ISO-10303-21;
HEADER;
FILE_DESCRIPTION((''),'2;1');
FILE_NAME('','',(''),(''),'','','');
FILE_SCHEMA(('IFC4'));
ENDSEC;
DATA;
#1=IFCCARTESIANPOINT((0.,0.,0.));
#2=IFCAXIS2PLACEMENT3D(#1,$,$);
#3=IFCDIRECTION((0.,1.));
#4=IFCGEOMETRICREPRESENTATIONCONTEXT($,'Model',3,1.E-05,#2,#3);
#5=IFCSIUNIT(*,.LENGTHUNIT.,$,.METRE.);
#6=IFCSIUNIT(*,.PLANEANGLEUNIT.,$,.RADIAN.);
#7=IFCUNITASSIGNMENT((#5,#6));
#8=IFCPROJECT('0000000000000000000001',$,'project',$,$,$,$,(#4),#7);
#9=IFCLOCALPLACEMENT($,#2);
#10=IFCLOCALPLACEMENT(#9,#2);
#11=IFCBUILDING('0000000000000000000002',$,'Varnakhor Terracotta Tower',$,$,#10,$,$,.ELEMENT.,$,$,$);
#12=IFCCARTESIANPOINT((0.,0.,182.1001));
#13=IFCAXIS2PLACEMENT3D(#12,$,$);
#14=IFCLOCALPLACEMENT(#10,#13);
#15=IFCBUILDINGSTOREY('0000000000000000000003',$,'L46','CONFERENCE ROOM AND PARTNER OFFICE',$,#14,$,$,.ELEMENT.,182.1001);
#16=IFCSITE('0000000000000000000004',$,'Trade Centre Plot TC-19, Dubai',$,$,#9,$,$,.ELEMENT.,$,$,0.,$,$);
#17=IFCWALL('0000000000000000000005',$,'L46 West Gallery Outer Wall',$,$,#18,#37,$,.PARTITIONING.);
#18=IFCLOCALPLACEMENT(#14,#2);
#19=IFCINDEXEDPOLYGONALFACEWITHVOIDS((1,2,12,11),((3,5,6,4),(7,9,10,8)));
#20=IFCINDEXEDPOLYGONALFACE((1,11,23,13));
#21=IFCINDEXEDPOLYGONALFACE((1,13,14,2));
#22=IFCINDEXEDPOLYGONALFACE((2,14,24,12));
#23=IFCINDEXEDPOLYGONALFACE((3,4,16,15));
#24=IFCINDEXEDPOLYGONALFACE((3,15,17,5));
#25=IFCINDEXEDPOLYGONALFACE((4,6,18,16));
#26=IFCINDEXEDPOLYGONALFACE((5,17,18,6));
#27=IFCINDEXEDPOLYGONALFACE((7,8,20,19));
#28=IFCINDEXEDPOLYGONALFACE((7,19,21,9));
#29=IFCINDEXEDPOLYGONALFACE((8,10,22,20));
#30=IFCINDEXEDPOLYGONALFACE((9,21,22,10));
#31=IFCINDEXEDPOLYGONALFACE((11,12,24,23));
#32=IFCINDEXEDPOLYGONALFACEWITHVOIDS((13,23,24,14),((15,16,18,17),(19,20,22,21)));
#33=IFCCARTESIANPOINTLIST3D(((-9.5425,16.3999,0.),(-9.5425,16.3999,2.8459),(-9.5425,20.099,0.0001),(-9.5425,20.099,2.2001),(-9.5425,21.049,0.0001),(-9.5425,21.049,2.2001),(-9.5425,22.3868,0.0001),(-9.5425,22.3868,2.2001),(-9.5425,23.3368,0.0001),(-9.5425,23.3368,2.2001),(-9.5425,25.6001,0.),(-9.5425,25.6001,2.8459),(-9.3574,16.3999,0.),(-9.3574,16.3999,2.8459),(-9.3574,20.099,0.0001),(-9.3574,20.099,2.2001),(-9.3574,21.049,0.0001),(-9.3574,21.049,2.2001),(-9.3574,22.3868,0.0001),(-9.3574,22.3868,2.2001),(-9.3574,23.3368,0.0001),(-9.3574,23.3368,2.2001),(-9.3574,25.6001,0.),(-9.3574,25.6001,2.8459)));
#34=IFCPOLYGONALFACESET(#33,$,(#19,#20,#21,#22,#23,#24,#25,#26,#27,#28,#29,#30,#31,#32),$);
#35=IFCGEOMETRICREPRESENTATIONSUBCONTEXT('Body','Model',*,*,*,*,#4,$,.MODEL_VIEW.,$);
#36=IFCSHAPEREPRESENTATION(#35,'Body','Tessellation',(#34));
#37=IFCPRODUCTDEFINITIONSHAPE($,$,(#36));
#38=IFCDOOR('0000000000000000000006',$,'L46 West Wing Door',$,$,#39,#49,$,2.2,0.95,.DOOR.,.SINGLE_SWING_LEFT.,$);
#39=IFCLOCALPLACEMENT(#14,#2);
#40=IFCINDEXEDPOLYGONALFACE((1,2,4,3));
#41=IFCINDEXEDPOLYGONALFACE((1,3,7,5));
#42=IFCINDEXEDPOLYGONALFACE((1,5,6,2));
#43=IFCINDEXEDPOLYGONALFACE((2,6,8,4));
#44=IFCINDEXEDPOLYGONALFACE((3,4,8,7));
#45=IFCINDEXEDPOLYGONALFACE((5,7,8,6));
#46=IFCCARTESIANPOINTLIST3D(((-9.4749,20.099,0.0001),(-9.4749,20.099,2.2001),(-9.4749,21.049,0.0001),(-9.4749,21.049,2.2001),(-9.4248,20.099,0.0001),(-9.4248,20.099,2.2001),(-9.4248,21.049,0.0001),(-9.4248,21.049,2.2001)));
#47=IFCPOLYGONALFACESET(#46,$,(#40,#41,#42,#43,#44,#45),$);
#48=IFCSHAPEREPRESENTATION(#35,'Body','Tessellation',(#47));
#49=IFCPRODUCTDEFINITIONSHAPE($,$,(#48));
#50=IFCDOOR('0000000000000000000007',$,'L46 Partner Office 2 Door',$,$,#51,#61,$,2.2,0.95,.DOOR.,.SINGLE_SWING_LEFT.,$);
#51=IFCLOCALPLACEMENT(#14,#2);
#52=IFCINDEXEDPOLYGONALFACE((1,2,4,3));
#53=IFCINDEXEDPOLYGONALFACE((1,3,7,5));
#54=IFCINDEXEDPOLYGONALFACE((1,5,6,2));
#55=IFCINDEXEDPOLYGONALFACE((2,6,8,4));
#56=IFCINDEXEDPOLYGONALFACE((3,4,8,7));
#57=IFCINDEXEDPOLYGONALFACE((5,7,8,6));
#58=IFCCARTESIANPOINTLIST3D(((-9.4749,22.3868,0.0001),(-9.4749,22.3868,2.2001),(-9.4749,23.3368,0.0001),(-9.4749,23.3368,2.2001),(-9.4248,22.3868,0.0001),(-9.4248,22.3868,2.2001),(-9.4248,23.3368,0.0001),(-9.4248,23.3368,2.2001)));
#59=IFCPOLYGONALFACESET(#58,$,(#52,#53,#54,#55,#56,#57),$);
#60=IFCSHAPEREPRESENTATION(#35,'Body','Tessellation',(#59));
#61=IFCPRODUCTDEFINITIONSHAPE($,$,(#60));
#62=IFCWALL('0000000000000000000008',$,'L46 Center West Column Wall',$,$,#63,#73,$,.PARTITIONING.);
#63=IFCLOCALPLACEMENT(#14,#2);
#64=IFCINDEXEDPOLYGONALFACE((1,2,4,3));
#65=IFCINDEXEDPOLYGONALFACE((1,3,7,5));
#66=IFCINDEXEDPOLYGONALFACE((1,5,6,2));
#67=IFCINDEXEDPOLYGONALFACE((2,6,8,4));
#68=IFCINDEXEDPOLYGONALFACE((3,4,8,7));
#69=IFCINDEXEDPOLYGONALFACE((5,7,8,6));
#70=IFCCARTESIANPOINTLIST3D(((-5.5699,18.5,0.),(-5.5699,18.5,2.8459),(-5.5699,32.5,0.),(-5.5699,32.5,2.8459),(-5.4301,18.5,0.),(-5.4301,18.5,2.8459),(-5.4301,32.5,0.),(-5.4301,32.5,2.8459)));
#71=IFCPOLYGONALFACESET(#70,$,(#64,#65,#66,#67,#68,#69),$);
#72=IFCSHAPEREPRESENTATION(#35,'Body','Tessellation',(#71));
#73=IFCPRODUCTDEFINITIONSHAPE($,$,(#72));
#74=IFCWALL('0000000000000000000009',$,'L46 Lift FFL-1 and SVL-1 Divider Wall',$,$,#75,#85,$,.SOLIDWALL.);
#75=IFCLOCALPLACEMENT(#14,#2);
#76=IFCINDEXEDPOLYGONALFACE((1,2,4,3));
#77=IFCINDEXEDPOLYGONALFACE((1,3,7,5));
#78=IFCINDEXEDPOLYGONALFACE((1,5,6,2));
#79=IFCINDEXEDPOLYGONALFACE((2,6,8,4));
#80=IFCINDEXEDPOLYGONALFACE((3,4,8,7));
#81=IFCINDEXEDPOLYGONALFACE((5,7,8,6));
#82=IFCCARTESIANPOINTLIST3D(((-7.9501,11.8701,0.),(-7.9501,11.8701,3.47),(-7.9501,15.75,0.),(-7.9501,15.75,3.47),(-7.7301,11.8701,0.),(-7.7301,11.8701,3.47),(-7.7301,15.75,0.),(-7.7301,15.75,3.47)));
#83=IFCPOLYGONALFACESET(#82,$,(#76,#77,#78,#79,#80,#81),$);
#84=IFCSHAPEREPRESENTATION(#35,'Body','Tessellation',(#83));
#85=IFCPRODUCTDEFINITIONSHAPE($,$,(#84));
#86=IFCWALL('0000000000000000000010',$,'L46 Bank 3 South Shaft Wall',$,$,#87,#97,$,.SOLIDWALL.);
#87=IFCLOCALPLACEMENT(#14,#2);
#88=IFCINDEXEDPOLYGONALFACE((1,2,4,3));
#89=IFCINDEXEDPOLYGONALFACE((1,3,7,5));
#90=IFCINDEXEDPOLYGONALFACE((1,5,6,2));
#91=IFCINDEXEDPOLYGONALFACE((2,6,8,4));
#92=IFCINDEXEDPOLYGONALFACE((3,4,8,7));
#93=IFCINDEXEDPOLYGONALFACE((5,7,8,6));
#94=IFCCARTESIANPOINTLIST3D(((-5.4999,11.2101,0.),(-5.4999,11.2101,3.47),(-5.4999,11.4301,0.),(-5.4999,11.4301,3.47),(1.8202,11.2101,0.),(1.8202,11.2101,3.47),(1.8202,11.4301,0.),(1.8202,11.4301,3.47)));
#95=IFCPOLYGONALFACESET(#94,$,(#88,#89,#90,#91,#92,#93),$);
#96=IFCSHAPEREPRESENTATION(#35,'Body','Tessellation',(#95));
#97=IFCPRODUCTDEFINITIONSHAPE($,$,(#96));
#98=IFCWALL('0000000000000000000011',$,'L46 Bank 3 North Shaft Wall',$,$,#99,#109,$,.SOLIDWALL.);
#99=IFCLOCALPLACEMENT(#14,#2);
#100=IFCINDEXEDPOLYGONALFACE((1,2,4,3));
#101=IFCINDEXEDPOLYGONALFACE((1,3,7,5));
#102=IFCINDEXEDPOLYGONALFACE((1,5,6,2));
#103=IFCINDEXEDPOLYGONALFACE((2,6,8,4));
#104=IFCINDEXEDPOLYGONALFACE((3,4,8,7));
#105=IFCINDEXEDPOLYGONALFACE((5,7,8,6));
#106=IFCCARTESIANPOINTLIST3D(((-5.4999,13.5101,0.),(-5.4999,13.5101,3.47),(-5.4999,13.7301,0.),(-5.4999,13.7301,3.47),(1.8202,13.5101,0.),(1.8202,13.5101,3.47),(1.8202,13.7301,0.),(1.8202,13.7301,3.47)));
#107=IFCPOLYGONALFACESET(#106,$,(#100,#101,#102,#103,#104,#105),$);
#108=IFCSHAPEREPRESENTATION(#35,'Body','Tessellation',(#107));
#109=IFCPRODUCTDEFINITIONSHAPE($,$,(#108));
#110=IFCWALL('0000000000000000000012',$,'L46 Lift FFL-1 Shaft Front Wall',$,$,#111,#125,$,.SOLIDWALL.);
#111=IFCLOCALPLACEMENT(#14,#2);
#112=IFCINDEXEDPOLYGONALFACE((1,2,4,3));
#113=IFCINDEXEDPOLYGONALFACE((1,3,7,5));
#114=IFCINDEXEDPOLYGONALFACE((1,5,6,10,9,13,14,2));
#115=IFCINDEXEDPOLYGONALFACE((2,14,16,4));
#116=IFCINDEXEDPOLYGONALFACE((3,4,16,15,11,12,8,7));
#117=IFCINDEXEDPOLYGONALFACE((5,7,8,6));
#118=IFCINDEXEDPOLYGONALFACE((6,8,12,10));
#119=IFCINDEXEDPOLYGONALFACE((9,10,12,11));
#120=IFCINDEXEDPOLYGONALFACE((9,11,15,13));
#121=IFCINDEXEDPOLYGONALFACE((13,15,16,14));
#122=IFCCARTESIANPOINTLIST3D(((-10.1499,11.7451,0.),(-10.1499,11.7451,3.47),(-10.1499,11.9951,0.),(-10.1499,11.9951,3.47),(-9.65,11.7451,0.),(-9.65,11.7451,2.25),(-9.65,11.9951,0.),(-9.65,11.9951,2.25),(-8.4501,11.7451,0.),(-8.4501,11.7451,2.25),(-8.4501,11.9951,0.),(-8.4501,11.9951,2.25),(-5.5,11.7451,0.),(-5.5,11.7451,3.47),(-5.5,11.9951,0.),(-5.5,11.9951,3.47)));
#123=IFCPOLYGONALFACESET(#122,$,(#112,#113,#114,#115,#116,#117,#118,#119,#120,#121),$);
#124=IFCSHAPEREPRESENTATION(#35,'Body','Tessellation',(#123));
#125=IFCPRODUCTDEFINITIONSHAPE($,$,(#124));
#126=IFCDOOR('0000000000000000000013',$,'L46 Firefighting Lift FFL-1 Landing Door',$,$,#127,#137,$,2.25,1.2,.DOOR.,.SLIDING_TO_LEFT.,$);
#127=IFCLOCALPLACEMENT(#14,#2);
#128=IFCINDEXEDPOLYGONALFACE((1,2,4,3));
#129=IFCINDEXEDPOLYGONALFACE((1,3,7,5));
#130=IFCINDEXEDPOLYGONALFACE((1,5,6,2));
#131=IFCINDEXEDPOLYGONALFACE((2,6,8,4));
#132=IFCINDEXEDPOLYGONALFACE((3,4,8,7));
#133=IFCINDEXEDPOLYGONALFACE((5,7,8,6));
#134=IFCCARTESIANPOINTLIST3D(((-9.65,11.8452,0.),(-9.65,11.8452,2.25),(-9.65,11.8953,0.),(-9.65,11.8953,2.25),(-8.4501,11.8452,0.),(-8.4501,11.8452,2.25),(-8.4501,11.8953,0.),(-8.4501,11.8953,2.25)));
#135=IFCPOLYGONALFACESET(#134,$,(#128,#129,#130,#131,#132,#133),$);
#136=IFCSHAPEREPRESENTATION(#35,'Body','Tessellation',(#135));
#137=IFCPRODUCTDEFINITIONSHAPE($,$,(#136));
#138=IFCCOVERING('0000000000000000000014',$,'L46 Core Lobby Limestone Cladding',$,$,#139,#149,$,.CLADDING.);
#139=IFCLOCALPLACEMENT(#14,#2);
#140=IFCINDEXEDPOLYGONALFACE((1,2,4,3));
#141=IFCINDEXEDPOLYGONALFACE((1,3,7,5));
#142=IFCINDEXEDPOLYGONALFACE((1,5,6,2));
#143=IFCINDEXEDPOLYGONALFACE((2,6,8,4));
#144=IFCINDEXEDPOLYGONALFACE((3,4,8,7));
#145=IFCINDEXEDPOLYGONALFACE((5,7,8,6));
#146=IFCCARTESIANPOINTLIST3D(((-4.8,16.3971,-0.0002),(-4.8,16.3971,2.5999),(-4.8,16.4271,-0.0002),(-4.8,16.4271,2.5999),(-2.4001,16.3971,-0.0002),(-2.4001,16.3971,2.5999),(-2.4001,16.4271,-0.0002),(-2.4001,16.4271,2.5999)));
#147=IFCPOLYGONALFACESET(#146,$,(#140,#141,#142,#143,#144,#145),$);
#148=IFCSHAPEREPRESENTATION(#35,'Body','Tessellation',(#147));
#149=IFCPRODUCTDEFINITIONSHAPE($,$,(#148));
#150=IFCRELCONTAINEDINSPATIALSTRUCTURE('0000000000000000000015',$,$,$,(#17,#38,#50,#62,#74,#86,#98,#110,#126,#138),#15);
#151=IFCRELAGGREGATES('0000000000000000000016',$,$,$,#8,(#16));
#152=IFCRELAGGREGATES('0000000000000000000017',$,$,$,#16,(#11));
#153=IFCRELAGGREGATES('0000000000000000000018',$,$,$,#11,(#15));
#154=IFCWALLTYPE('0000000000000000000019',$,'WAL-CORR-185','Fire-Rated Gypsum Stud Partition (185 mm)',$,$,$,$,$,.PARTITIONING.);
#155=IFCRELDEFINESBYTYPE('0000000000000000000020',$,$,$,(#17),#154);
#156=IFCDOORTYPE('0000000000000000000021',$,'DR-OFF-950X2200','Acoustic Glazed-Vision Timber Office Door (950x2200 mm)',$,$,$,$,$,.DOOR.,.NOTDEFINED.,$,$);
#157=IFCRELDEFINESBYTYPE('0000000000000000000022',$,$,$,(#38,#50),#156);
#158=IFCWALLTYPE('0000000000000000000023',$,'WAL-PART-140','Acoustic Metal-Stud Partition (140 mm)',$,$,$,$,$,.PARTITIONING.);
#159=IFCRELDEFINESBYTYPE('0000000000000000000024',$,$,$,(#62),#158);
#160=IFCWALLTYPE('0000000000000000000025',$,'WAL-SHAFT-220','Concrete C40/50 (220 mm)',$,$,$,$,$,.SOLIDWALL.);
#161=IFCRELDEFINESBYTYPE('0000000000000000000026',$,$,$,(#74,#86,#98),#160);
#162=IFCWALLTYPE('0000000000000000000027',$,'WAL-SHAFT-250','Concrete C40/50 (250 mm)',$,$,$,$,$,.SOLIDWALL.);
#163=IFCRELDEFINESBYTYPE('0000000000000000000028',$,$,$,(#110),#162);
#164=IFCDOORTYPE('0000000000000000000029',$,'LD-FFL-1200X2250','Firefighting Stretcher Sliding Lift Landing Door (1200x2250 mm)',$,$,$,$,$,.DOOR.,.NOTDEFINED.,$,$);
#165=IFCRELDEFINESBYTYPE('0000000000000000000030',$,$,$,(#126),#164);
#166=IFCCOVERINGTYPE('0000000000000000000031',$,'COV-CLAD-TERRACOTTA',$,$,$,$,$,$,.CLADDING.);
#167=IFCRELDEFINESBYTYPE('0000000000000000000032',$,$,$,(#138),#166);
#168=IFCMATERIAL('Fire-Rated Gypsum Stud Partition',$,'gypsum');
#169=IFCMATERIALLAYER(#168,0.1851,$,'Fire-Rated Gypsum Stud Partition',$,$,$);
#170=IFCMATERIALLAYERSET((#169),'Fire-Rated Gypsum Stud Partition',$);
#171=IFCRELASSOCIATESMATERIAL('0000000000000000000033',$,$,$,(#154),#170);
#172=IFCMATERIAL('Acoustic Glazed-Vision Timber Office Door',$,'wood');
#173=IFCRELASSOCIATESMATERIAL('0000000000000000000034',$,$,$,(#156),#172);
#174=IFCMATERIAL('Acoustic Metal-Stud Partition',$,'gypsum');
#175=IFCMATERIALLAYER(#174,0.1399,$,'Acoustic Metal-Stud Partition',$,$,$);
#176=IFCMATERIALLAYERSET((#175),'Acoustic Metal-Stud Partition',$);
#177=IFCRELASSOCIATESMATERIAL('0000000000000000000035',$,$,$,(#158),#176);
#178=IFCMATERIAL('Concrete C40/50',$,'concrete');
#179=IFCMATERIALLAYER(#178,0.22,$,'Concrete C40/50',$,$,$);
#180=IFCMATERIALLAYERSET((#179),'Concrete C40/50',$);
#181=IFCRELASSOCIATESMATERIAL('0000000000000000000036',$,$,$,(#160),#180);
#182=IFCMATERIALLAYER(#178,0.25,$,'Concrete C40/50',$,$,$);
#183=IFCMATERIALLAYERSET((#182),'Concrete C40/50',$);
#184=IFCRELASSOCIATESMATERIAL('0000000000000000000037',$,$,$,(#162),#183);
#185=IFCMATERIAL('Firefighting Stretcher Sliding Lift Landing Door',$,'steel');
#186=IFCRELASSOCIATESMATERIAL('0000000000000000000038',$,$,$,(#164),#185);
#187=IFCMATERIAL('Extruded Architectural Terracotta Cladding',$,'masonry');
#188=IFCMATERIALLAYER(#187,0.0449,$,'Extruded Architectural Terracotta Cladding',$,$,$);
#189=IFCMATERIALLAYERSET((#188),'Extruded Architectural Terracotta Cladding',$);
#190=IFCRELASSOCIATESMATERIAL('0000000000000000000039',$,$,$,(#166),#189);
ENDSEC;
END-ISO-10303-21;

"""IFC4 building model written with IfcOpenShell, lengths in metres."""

from ifc_helpers import new_model, si_unit, direction, frame, frame_2d, origin, origin_2d, place, context, subcontext, project, spatial, rectangle, extrude, source, transform, mapped, material, layer, layer_set, type_object, type_shapes, element, fill, save


model = new_model("IFC4")

# Units and contexts
model_context = context("Model", 3, precision=1e-05, world=origin(), true_north=direction((0.0, 1.0)))
body_context = subcontext(model_context, "Body", "Model", "MODEL_VIEW")
ifc_project = project(units=[si_unit("LENGTHUNIT", "METRE"), si_unit("PLANEANGLEUNIT", "RADIAN")], contexts=[model_context])

# Site, building, storey
site_placement = place(None, origin())
site = spatial("IfcSite", under=ifc_project, at=site_placement, Name="Trade Centre Plot TC-19, Dubai", CompositionType="ELEMENT", RefElevation=0.0)
building_placement = place(site_placement, origin())
building = spatial("IfcBuilding", under=site, at=building_placement, Name="Varnakhor Terracotta Tower", CompositionType="ELEMENT")
storey_placement = place(building_placement, frame((0.0, 0.0, 182.1001)))
storey = spatial("IfcBuildingStorey", under=building, at=storey_placement, Name="L46", Description="CONFERENCE ROOM AND PARTNER OFFICE", CompositionType="ELEMENT", Elevation=182.1001)

# Shared definitions
ifc_material_1 = material(Name="Fire-Rated Gypsum Stud Partition", Category="gypsum")
ifc_layer_1 = layer(ifc_material_1, 0.1851, Name="Fire-Rated Gypsum Stud Partition")
ifc_layer_set_1 = layer_set([ifc_layer_1], Name="Fire-Rated Gypsum Stud Partition")
wall_type_1 = type_object("IfcWallType", Name="WAL-CORR-185", Description="Fire-Rated Gypsum Stud Partition (185 mm)", PredefinedType="PARTITIONING", material=ifc_layer_set_1)
ifc_material_2 = material(Name="Acoustic Glazed-Vision Timber Office Door", Category="wood")
door_type_1 = type_object("IfcDoorType", Name="DR-OFF-950X2200", Description="Acoustic Glazed-Vision Timber Office Door (950x2200 mm)", OperationType="NOTDEFINED", PredefinedType="DOOR", material=ifc_material_2)
shared_shape_1 = source(origin(), body_context, "Body", "SweptSolid", [
    extrude(rectangle(XDim=0.95, YDim=2.2, at=frame_2d((0.4751, 1.1001))), frame((0.0, 0.0249, 0.0), z_axis=(0.0, -1.0, 0.0), x_axis=(1.0, 0.0, 0.0)), (0.0, 0.0, 1.0), 0.05),
])
type_shapes(door_type_1, [shared_shape_1])

# Wall, openings, doors
wall_1_placement = place(storey_placement, frame((-9.45, 16.3999, 0.0), z_axis=(0.0, 0.0, 1.0), x_axis=(0.0, 1.0, 0.0)))
wall_1 = element("IfcWall", 1, at=wall_1_placement, inside=storey, type_object=wall_type_1, Name="L46 West Gallery Outer Wall", PredefinedType="PARTITIONING", context=body_context, shape_type="SweptSolid", body=[
    extrude(rectangle(XDim=9.2002, YDim=0.1851, at=frame_2d((4.6001, 0.0))), origin(), (0.0, 0.0, 1.0), 2.8459),
])
opening_1_placement = place(wall_1_placement, frame((3.699, 0.0, 0.0)))
opening_1 = element("IfcOpeningElement", 2, at=opening_1_placement, cuts=wall_1, PredefinedType="OPENING", context=body_context, shape_type="SweptSolid", body=[
    extrude(rectangle(XDim=0.95, YDim=2.2, at=frame_2d((0.4751, 1.1001))), frame((0.0, 0.1025, 0.0), z_axis=(0.0, -1.0, 0.0), x_axis=(1.0, 0.0, 0.0)), (0.0, 0.0, 1.0), 0.2051),
])
opening_2_placement = place(wall_1_placement, frame((5.9868, 0.0, 0.0)))
opening_2 = element("IfcOpeningElement", 3, at=opening_2_placement, cuts=wall_1, PredefinedType="OPENING", context=body_context, shape_type="SweptSolid", body=[
    extrude(rectangle(XDim=0.95, YDim=2.2, at=frame_2d((0.4751, 1.1001))), frame((0.0, 0.1025, 0.0), z_axis=(0.0, -1.0, 0.0), x_axis=(1.0, 0.0, 0.0)), (0.0, 0.0, 1.0), 0.2051),
])
door_1_placement = place(opening_1_placement, origin())
door_1 = element("IfcDoor", 4, at=door_1_placement, inside=storey, type_object=door_type_1, Name="L46 West Wing Door", OperationType="SINGLE_SWING_LEFT", OverallHeight=2.2, OverallWidth=0.95, PredefinedType="DOOR", context=body_context, shape_type="MappedRepresentation", body=[
    mapped(shared_shape_1, transform((0.0, 0.0, 0.0), scale=1.0)),
])
fill(opening_1, door_1)
door_2_placement = place(opening_2_placement, origin())
door_2 = element("IfcDoor", 5, at=door_2_placement, inside=storey, type_object=door_type_1, Name="L46 Partner Office 2 Door", OperationType="SINGLE_SWING_LEFT", OverallHeight=2.2, OverallWidth=0.95, PredefinedType="DOOR", context=body_context, shape_type="MappedRepresentation", body=[
    mapped(shared_shape_1, transform((0.0, 0.0, 0.0), scale=1.0)),
])
fill(opening_2, door_2)

# Walls
ifc_material_3 = material(Name="Acoustic Metal-Stud Partition", Category="gypsum")
ifc_layer_2 = layer(ifc_material_3, 0.1399, Name="Acoustic Metal-Stud Partition")
ifc_layer_set_2 = layer_set([ifc_layer_2], Name="Acoustic Metal-Stud Partition")
wall_type_2 = type_object("IfcWallType", Name="WAL-PART-140", Description="Acoustic Metal-Stud Partition (140 mm)", PredefinedType="PARTITIONING", material=ifc_layer_set_2)
wall_2_placement = place(storey_placement, frame((-5.5, 18.5, 0.0), z_axis=(0.0, 0.0, 1.0), x_axis=(0.0, 1.0, 0.0)))
element("IfcWall", 6, at=wall_2_placement, inside=storey, type_object=wall_type_2, Name="L46 Center West Column Wall", PredefinedType="PARTITIONING", context=body_context, shape_type="SweptSolid", body=[
    extrude(rectangle(XDim=14.0, YDim=0.1399, at=frame_2d((7.0, 0.0))), origin(), (0.0, 0.0, 1.0), 2.8459),
])
ifc_material_4 = material(Name="Concrete C40/50", Category="concrete")
ifc_layer_3 = layer(ifc_material_4, 0.22, Name="Concrete C40/50")
ifc_layer_set_3 = layer_set([ifc_layer_3], Name="Concrete C40/50")
wall_type_3 = type_object("IfcWallType", Name="WAL-SHAFT-220", Description="Concrete C40/50 (220 mm)", PredefinedType="SOLIDWALL", material=ifc_layer_set_3)
wall_3_placement = place(storey_placement, frame((-7.8401, 11.8701, 0.0), z_axis=(0.0, 0.0, 1.0), x_axis=(0.0, 1.0, 0.0)))
element("IfcWall", 7, at=wall_3_placement, inside=storey, type_object=wall_type_3, Name="L46 Lift FFL-1 and SVL-1 Divider Wall", PredefinedType="SOLIDWALL", context=body_context, shape_type="SweptSolid", body=[
    extrude(rectangle(XDim=3.8799, YDim=0.22, at=frame_2d((1.9399, 0.0))), origin(), (0.0, 0.0, 1.0), 3.47),
])
for number, where, z_axis, x_axis, name in (
    (8, (-5.5, 11.3201, 0.0), (0.0, 0.0, 1.0), (1.0, 0.0, 0.0), "L46 Bank 3 South Shaft Wall"),
    (9, (-5.5, 13.6201, 0.0), (0.0, 0.0, 1.0), (1.0, 0.0, 0.0), "L46 Bank 3 North Shaft Wall"),
):
    element("IfcWall", number, at=place(storey_placement, frame(where, z_axis=z_axis, x_axis=x_axis)), inside=storey, type_object=wall_type_3, Name=name, PredefinedType="SOLIDWALL", context=body_context, shape_type="SweptSolid", body=[
        extrude(rectangle(XDim=7.3201, YDim=0.22, at=frame_2d((3.6602, 0.0))), origin(), (0.0, 0.0, 1.0), 3.47),
    ])

# Wall, opening, door
ifc_layer_4 = layer(ifc_material_4, 0.25, Name="Concrete C40/50")
ifc_layer_set_4 = layer_set([ifc_layer_4], Name="Concrete C40/50")
wall_type_4 = type_object("IfcWallType", Name="WAL-SHAFT-250", Description="Concrete C40/50 (250 mm)", PredefinedType="SOLIDWALL", material=ifc_layer_set_4)
wall_4_placement = place(storey_placement, frame((-5.5, 11.8701, 0.0), z_axis=(0.0, 0.0, 1.0), x_axis=(-1.0, 0.0, 0.0)))
wall_4 = element("IfcWall", 10, at=wall_4_placement, inside=storey, type_object=wall_type_4, Name="L46 Lift FFL-1 Shaft Front Wall", PredefinedType="SOLIDWALL", context=body_context, shape_type="SweptSolid", body=[
    extrude(rectangle(XDim=4.6499, YDim=0.25, at=frame_2d((2.325, 0.0))), origin(), (0.0, 0.0, 1.0), 3.47),
])
opening_3_placement = place(wall_4_placement, frame((2.95, 0.0, 0.0)))
opening_3 = element("IfcOpeningElement", 11, at=opening_3_placement, cuts=wall_4, PredefinedType="OPENING", context=body_context, shape_type="SweptSolid", body=[
    extrude(rectangle(XDim=1.2, YDim=2.25, at=frame_2d((0.6001, 1.125))), frame((0.0, 0.135, 0.0), z_axis=(0.0, -1.0, 0.0), x_axis=(1.0, 0.0, 0.0)), (0.0, 0.0, 1.0), 0.27),
])
ifc_material_5 = material(Name="Firefighting Stretcher Sliding Lift Landing Door", Category="steel")
door_type_2 = type_object("IfcDoorType", Name="LD-FFL-1200X2250", Description="Firefighting Stretcher Sliding Lift Landing Door (1200x2250 mm)", OperationType="NOTDEFINED", PredefinedType="DOOR", material=ifc_material_5)
shared_shape_2 = source(origin(), body_context, "Body", "SweptSolid", [
    extrude(rectangle(XDim=1.2, YDim=2.25, at=frame_2d((0.6001, 1.125))), frame((0.0, 0.0249, 0.0), z_axis=(0.0, -1.0, 0.0), x_axis=(1.0, 0.0, 0.0)), (0.0, 0.0, 1.0), 0.05),
])
type_shapes(door_type_2, [shared_shape_2])
door_3_placement = place(opening_3_placement, origin())
door_3 = element("IfcDoor", 12, at=door_3_placement, inside=storey, type_object=door_type_2, Name="L46 Firefighting Lift FFL-1 Landing Door", OperationType="SLIDING_TO_LEFT", OverallHeight=2.25, OverallWidth=1.2, PredefinedType="DOOR", context=body_context, shape_type="MappedRepresentation", body=[
    mapped(shared_shape_2, transform((0.0, 0.0, 0.0), scale=1.0)),
])
fill(opening_3, door_3)

# Covering
ifc_material_6 = material(Name="Extruded Architectural Terracotta Cladding", Category="masonry")
ifc_layer_5 = layer(ifc_material_6, 0.0449, Name="Extruded Architectural Terracotta Cladding")
ifc_layer_set_5 = layer_set([ifc_layer_5], Name="Extruded Architectural Terracotta Cladding")
covering_type = type_object("IfcCoveringType", Name="COV-CLAD-TERRACOTTA", PredefinedType="CLADDING", material=ifc_layer_set_5)
shared_shape_3 = source(origin(), body_context, "Body", "SweptSolid", [
    extrude(rectangle(XDim=2.3999, YDim=0.03, at=origin_2d()), origin(), (0.0, 0.0, 1.0), 2.6001),
])
type_shapes(covering_type, [shared_shape_3])
covering_placement = place(storey_placement, frame((-3.6001, 16.4121, -0.0002), z_axis=(0.0, 0.0, 1.0), x_axis=(1.0, 0.0, 0.0)))
element("IfcCovering", 13, at=covering_placement, inside=storey, type_object=covering_type, Name="L46 Core Lobby Limestone Cladding", PredefinedType="CLADDING", context=body_context, shape_type="MappedRepresentation", body=[
    mapped(shared_shape_3, transform((0.0, 0.0, 0.0), scale=1.0)),
])

save(model, "model.ifc")
